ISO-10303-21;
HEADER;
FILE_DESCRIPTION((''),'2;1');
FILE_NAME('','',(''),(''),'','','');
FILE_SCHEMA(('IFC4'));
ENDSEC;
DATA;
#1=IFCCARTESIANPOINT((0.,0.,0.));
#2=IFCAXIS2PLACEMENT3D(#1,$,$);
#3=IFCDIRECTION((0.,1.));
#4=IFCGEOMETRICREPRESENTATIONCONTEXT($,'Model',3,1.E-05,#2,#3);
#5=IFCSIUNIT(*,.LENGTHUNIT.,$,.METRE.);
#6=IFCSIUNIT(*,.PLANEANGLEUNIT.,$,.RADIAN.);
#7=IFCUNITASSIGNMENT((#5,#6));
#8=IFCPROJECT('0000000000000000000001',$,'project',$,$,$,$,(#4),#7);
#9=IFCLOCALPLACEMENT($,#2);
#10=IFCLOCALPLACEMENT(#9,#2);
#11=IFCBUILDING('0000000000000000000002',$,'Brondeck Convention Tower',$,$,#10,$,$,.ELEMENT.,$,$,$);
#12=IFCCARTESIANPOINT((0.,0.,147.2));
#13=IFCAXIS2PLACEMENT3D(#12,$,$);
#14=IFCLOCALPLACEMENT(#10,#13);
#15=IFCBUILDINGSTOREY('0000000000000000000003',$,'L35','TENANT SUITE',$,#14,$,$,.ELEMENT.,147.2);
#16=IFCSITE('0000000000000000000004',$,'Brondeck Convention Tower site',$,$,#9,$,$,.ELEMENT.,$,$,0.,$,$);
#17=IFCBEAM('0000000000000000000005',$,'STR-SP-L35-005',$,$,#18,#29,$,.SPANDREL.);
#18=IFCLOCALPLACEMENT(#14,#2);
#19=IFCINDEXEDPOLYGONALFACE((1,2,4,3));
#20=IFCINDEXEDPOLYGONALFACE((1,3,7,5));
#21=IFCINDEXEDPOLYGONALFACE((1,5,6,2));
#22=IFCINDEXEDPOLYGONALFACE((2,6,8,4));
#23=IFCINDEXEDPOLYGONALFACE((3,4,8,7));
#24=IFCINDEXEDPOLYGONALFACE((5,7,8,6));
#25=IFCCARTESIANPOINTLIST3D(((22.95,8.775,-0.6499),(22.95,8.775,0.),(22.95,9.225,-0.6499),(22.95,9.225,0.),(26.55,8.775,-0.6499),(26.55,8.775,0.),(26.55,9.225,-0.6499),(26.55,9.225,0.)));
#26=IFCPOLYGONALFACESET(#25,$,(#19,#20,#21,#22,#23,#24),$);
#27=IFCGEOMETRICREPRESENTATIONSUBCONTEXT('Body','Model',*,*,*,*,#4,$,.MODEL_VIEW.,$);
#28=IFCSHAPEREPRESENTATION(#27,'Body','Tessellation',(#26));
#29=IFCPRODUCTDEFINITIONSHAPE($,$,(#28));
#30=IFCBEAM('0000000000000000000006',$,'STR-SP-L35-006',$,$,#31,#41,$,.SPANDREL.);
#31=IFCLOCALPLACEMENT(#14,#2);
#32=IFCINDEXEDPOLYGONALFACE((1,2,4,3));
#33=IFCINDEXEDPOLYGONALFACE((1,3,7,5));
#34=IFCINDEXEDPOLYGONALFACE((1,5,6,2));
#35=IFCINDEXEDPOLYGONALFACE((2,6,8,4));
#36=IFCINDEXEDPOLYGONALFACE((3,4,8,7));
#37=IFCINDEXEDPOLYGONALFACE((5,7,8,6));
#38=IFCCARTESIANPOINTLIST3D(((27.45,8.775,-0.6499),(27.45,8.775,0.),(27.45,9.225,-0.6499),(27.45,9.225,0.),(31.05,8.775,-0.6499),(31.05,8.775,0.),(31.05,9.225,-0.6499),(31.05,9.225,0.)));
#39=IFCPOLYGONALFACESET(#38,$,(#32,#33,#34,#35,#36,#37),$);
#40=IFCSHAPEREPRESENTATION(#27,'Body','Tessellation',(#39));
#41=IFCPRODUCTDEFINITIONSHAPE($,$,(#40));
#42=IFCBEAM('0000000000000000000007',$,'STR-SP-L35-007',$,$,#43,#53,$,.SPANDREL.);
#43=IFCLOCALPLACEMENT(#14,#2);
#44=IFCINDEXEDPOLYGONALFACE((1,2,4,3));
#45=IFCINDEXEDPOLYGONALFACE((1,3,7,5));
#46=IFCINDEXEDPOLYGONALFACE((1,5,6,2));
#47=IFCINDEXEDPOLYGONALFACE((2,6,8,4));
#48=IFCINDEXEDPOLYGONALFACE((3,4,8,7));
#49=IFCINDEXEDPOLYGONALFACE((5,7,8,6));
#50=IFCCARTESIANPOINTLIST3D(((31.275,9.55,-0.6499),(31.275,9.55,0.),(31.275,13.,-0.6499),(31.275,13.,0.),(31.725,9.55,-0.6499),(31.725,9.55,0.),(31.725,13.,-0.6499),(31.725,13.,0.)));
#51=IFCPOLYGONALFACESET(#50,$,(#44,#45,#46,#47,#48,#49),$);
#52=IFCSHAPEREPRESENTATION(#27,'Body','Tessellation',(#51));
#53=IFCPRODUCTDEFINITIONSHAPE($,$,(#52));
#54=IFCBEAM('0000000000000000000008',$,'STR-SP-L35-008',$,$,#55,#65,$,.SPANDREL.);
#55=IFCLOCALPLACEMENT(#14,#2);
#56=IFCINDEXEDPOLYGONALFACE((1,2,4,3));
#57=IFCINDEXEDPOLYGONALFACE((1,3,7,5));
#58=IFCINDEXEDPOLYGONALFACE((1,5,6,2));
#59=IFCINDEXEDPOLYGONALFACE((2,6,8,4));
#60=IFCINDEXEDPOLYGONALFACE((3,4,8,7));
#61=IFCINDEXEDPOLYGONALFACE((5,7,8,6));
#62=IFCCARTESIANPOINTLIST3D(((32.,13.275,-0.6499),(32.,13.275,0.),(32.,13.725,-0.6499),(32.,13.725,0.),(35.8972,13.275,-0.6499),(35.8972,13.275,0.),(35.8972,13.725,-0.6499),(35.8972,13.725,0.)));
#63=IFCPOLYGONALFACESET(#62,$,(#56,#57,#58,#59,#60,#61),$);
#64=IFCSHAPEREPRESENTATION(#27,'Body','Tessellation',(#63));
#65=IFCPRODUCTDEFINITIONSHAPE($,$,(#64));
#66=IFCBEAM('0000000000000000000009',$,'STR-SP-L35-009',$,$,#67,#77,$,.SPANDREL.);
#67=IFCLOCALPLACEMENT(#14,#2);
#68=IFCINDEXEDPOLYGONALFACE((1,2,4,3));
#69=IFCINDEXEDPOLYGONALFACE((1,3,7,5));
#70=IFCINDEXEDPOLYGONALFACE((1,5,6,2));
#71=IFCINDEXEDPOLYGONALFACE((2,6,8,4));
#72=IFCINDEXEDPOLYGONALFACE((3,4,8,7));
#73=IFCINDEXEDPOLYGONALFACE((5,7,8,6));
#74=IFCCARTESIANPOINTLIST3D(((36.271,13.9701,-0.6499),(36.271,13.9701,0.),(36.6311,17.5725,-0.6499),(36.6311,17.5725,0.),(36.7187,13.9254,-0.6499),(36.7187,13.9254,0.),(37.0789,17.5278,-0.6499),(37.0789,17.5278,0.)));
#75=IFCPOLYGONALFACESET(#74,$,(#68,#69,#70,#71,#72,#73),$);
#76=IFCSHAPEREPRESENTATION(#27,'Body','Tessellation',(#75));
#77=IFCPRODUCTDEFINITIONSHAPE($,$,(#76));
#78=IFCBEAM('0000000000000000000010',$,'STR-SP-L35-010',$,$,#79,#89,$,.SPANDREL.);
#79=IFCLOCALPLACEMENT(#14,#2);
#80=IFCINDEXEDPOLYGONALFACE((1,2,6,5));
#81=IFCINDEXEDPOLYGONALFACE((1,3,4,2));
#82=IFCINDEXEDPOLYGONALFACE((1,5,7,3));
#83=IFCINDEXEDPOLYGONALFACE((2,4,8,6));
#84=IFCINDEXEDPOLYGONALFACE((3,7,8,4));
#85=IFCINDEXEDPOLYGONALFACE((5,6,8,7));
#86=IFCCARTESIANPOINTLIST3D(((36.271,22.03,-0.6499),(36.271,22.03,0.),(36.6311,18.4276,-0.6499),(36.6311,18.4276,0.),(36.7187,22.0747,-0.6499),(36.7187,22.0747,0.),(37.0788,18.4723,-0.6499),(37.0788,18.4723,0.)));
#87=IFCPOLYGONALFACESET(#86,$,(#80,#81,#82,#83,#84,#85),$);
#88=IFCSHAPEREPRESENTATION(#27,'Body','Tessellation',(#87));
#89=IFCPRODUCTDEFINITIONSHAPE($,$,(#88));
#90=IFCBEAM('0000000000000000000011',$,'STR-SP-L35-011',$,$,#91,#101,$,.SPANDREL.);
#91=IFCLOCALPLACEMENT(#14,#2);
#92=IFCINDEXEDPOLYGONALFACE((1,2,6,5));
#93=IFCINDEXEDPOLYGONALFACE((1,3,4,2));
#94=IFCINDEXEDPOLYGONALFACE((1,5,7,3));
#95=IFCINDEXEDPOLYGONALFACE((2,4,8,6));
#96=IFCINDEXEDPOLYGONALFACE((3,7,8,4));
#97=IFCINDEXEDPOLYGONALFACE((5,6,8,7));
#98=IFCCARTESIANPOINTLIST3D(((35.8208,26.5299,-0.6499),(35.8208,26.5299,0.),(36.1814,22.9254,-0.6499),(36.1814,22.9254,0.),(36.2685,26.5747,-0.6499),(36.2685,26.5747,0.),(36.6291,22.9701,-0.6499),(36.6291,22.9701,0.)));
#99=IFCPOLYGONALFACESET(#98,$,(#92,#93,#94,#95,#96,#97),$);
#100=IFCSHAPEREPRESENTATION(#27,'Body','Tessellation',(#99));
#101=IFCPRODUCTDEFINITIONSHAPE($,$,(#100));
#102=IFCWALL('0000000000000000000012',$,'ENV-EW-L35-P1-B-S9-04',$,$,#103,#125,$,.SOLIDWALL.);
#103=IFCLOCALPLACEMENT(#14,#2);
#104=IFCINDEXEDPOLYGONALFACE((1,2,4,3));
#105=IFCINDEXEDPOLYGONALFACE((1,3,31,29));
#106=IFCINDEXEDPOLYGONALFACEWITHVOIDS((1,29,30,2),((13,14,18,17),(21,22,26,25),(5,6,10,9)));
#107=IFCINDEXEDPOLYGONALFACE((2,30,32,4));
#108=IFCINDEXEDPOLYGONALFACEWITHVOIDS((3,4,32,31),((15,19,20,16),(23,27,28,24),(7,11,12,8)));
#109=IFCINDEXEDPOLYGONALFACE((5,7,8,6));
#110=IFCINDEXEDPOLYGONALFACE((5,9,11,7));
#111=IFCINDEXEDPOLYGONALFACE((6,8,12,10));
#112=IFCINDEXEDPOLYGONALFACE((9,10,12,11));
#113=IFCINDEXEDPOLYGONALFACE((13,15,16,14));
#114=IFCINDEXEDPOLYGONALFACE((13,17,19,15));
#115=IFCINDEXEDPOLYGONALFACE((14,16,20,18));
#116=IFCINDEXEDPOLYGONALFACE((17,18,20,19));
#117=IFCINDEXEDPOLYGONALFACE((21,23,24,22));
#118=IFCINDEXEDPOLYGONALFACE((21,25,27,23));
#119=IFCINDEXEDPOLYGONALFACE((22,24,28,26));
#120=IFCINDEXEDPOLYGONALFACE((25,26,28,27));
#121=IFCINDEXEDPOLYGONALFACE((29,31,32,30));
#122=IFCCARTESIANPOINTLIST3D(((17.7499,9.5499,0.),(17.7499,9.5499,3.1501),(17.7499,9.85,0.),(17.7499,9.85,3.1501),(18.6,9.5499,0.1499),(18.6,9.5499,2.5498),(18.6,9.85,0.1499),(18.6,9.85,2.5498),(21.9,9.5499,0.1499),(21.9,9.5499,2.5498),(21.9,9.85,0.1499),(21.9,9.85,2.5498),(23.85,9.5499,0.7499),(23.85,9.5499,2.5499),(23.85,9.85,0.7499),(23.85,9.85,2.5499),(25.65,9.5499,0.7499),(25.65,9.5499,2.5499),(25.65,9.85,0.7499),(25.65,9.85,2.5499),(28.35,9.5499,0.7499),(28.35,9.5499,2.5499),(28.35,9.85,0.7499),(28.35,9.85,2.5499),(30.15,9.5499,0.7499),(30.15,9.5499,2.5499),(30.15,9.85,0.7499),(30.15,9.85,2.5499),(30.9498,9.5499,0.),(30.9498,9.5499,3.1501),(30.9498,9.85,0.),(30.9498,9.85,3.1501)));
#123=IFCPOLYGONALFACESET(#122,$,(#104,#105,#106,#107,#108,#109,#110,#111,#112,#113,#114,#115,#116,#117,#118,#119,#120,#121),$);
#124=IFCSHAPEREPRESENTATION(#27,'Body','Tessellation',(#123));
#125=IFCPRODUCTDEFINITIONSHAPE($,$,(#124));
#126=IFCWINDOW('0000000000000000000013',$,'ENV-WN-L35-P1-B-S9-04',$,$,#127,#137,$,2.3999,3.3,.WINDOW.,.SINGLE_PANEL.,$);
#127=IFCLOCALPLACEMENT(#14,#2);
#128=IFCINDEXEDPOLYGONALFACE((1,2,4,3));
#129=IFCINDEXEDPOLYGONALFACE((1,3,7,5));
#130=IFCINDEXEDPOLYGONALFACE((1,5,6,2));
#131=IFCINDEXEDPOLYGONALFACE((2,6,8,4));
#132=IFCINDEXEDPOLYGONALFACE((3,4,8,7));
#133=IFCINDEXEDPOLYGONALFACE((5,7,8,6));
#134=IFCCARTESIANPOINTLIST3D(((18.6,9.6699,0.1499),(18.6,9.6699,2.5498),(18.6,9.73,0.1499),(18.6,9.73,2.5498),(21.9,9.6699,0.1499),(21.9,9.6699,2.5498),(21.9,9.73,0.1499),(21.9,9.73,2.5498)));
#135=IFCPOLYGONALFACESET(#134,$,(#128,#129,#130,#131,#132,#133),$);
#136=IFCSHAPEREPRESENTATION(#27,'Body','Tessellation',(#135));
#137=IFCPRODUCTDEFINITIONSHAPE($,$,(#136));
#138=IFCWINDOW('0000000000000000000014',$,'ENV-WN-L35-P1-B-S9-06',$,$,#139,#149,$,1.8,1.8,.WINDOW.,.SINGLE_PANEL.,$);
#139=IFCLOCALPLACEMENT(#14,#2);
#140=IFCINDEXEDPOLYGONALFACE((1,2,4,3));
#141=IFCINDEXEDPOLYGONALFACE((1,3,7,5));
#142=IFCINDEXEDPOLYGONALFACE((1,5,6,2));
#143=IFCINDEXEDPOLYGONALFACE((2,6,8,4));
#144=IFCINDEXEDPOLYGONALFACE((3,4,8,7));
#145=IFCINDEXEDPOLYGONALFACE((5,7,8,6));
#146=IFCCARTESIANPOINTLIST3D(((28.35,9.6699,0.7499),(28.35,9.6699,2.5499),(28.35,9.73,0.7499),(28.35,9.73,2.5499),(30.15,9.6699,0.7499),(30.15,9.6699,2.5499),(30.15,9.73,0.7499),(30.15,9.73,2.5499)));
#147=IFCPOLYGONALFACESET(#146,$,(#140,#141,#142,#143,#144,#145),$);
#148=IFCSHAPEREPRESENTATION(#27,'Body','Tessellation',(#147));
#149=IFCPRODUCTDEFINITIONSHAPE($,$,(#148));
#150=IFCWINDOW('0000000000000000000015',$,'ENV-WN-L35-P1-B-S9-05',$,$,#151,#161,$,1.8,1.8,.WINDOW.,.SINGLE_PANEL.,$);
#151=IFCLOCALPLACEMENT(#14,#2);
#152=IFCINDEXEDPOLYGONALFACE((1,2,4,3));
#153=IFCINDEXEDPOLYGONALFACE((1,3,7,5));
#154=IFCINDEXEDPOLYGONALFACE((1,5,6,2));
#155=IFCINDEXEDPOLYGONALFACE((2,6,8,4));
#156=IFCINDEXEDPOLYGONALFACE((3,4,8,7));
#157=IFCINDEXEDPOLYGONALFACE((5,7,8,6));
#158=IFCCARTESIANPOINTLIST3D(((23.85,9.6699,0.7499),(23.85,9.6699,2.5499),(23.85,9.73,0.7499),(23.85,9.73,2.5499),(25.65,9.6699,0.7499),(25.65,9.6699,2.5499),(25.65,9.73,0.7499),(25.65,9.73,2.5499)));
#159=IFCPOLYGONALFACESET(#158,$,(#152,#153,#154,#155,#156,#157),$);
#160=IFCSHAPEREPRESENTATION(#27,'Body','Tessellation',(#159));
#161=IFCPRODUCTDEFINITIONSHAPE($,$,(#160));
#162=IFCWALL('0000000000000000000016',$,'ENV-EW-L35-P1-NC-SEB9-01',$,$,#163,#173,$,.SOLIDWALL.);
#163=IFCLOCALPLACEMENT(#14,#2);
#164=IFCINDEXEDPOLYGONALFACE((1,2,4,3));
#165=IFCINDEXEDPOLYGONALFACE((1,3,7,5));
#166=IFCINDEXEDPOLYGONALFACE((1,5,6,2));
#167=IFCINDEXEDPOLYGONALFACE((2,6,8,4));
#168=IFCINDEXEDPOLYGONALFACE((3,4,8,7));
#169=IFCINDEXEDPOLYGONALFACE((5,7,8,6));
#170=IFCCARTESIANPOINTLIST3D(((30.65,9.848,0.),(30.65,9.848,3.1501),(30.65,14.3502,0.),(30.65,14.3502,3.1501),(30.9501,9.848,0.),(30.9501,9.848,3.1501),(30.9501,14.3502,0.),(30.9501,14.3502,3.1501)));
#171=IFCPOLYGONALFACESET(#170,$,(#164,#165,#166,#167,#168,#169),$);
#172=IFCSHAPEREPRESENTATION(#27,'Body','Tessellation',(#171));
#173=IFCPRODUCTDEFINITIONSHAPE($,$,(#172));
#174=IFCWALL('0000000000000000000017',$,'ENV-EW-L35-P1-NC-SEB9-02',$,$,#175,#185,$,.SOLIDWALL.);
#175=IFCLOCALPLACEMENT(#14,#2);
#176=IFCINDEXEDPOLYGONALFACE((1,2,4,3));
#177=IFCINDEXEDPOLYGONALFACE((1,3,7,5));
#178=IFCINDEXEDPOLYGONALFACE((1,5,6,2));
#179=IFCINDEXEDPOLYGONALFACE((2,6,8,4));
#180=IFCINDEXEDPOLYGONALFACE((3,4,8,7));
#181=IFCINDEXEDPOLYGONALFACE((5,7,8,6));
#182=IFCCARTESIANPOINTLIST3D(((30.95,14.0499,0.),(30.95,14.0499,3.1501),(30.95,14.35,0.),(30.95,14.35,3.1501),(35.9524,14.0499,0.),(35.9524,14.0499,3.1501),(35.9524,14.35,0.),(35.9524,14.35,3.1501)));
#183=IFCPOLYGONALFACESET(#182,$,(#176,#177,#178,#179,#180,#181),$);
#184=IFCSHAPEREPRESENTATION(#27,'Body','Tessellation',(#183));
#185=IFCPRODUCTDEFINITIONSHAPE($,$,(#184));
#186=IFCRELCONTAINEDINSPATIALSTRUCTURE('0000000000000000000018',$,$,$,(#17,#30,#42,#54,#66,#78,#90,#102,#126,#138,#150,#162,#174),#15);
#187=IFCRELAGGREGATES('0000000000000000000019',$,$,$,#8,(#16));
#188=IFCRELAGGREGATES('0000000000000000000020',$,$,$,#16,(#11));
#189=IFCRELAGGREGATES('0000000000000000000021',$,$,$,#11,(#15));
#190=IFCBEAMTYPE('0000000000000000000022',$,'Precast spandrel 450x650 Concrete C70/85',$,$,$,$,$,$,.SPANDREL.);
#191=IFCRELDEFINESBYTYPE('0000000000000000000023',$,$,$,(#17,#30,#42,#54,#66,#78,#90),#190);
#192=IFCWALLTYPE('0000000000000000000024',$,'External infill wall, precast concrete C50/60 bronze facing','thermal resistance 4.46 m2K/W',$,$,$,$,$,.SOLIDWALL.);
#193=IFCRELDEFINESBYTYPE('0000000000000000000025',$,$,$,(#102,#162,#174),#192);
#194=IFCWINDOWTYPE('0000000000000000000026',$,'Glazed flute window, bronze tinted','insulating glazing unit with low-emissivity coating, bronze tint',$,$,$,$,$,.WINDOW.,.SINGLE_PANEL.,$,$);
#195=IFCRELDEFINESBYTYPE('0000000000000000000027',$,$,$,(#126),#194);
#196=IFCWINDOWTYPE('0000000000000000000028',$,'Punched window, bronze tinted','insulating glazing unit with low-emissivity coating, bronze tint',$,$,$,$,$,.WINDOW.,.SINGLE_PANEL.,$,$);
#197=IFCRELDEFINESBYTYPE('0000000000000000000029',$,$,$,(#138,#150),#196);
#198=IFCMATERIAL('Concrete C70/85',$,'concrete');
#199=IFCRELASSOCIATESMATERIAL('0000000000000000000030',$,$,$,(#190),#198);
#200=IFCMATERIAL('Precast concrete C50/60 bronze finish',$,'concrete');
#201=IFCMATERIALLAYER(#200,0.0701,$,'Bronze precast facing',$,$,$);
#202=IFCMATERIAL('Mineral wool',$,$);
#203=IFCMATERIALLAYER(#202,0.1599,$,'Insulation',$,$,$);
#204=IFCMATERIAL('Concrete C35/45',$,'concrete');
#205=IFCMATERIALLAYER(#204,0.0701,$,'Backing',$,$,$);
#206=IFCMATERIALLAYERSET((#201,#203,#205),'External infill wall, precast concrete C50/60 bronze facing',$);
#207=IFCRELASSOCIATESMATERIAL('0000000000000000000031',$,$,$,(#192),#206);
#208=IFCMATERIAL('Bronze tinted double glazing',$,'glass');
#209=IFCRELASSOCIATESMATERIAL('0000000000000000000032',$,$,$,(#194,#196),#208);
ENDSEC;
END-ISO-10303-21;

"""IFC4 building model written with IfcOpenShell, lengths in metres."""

from ifc_helpers import new_model, si_unit, direction, frame, frame_2d, origin, origin_2d, place, context, subcontext, project, spatial, rectangle, extrude, material, layer, layer_set, material_profile, profile_set, type_object, element, fill, save


model = new_model("IFC4")

# Units and contexts
model_context = context("Model", 3, precision=1e-05, world=origin(), true_north=direction((0.0, 1.0)))
body_context = subcontext(model_context, "Body", "Model", "MODEL_VIEW")
ifc_project = project(units=[si_unit("LENGTHUNIT", "METRE"), si_unit("PLANEANGLEUNIT", "RADIAN")], contexts=[model_context])

# Site, building, storey
site_placement = place(None, origin())
site = spatial("IfcSite", under=ifc_project, at=site_placement, Name="Brondeck Convention Tower site", CompositionType="ELEMENT", RefElevation=0.0)
building_placement = place(site_placement, origin())
building = spatial("IfcBuilding", under=site, at=building_placement, Name="Brondeck Convention Tower", CompositionType="ELEMENT")
storey_placement = place(building_placement, frame((0.0, 0.0, 147.2)))
storey = spatial("IfcBuildingStorey", under=building, at=storey_placement, Name="L35", Description="TENANT SUITE", CompositionType="ELEMENT", Elevation=147.2)

# Shared definitions
ifc_material_1 = material(Name="Concrete C70/85", Category="concrete")

# Beams
ifc_material_profile_1 = material_profile(ifc_material_1, rectangle(XDim=0.45, YDim=0.6499, at=origin_2d()), Name="Precast spandrel 450x650 Concrete C70/85")
ifc_profile_set_1 = profile_set([ifc_material_profile_1], Name="Concrete C70/85")
beam_type_1 = type_object("IfcBeamType", Name="Precast spandrel 450x650 Concrete C70/85", PredefinedType="SPANDREL", material=ifc_profile_set_1)
for number, where, z_axis, x_axis, name in (
    (1, (22.95, 9.0, -0.325), (1.0, 0.0, 0.0), (0.0, 1.0, 0.0), "STR-SP-L35-005"),
    (2, (27.45, 9.0, -0.325), (1.0, 0.0, 0.0), (0.0, 1.0, 0.0), "STR-SP-L35-006"),
):
    element("IfcBeam", number, at=place(storey_placement, frame(where, z_axis=z_axis, x_axis=x_axis)), inside=storey, type_object=beam_type_1, Name=name, PredefinedType="SPANDREL", context=body_context, shape_type="SweptSolid", body=[
        extrude(rectangle(XDim=0.45, YDim=0.6499, at=origin_2d()), origin(), (0.0, 0.0, 1.0), 3.6001),
    ])
beam_1_placement = place(storey_placement, frame((31.5, 9.55, -0.325), z_axis=(0.0, 1.0, 0.0), x_axis=(-1.0, 0.0, 0.0)))
element("IfcBeam", 3, at=beam_1_placement, inside=storey, type_object=beam_type_1, Name="STR-SP-L35-007", PredefinedType="SPANDREL", context=body_context, shape_type="SweptSolid", body=[
    extrude(rectangle(XDim=0.45, YDim=0.6499, at=origin_2d()), origin(), (0.0, 0.0, 1.0), 3.45),
])
beam_2_placement = place(storey_placement, frame((32.0, 13.5, -0.325), z_axis=(1.0, 0.0, 0.0), x_axis=(0.0, 1.0, 0.0)))
element("IfcBeam", 4, at=beam_2_placement, inside=storey, type_object=beam_type_1, Name="STR-SP-L35-008", PredefinedType="SPANDREL", context=body_context, shape_type="SweptSolid", body=[
    extrude(rectangle(XDim=0.45, YDim=0.6499, at=origin_2d()), origin(), (0.0, 0.0, 1.0), 3.8972),
])
for number, where, z_axis, x_axis, name in (
    (5, (36.4949, 13.9478, -0.325), (0.09947, 0.995041, 0.0), (-0.995041, 0.09947, 0.0), "STR-SP-L35-009"),
    (6, (36.855, 18.45, -0.325), (-0.09947, 0.995041, 0.0), (-0.995041, -0.09947, 0.0), "STR-SP-L35-010"),
):
    element("IfcBeam", number, at=place(storey_placement, frame(where, z_axis=z_axis, x_axis=x_axis)), inside=storey, type_object=beam_type_1, Name=name, PredefinedType="SPANDREL", context=body_context, shape_type="SweptSolid", body=[
        extrude(rectangle(XDim=0.45, YDim=0.6499, at=origin_2d()), origin(), (0.0, 0.0, 1.0), 3.6204),
    ])
beam_3_placement = place(storey_placement, frame((36.4053, 22.9478, -0.325), z_axis=(-0.099544, 0.995033, 0.0), x_axis=(-0.995033, -0.099544, 0.0)))
element("IfcBeam", 7, at=beam_3_placement, inside=storey, type_object=beam_type_1, Name="STR-SP-L35-011", PredefinedType="SPANDREL", context=body_context, shape_type="SweptSolid", body=[
    extrude(rectangle(XDim=0.45, YDim=0.6499, at=origin_2d()), origin(), (0.0, 0.0, 1.0), 3.6226),
])

# Wall, openings, windows
ifc_material_2 = material(Name="Precast concrete C50/60 bronze finish", Category="concrete")
ifc_layer_1 = layer(ifc_material_2, 0.0701, Name="Bronze precast facing")
ifc_material_3 = material(Name="Mineral wool")
ifc_layer_2 = layer(ifc_material_3, 0.1599, Name="Insulation")
ifc_material_4 = material(Name="Concrete C35/45", Category="concrete")
ifc_layer_3 = layer(ifc_material_4, 0.0701, Name="Backing")
ifc_layer_set_1 = layer_set([ifc_layer_1, ifc_layer_2, ifc_layer_3], Name="External infill wall, precast concrete C50/60 bronze facing")
wall_type_1 = type_object("IfcWallType", Name="External infill wall, precast concrete C50/60 bronze facing", Description="thermal resistance 4.46 m2K/W", PredefinedType="SOLIDWALL", material=ifc_layer_set_1)
wall_1_placement = place(storey_placement, frame((30.95, 9.7, 0.0), z_axis=(0.0, 0.0, 1.0), x_axis=(-1.0, 0.0, 0.0)))
wall_1 = element("IfcWall", 8, at=wall_1_placement, inside=storey, type_object=wall_type_1, Name="ENV-EW-L35-P1-B-S9-04", PredefinedType="SOLIDWALL", context=body_context, shape_type="SweptSolid", body=[
    extrude(rectangle(XDim=13.2, YDim=0.3, at=frame_2d((6.6001, 0.0))), origin(), (0.0, 0.0, 1.0), 3.1501),
])
opening_1_placement = place(wall_1_placement, frame((0.8, 0.0, 0.75)))
opening_1 = element("IfcOpeningElement", 9, at=opening_1_placement, cuts=wall_1, PredefinedType="OPENING", context=body_context, shape_type="SweptSolid", body=[
    extrude(rectangle(XDim=1.8, YDim=1.8, at=frame_2d((0.8999, 0.8999))), frame((0.0, 0.1599, 0.0), z_axis=(0.0, -1.0, 0.0), x_axis=(1.0, 0.0, 0.0)), (0.0, 0.0, 1.0), 0.3201),
])
opening_2_placement = place(wall_1_placement, frame((5.3, 0.0, 0.75)))
opening_2 = element("IfcOpeningElement", 10, at=opening_2_placement, cuts=wall_1, PredefinedType="OPENING", context=body_context, shape_type="SweptSolid", body=[
    extrude(rectangle(XDim=1.8, YDim=1.8, at=frame_2d((0.8999, 0.8999))), frame((0.0, 0.1599, 0.0), z_axis=(0.0, -1.0, 0.0), x_axis=(1.0, 0.0, 0.0)), (0.0, 0.0, 1.0), 0.3201),
])
opening_3_placement = place(wall_1_placement, frame((9.05, 0.0, 0.1499)))
opening_3 = element("IfcOpeningElement", 11, at=opening_3_placement, cuts=wall_1, PredefinedType="OPENING", context=body_context, shape_type="SweptSolid", body=[
    extrude(rectangle(XDim=3.3, YDim=2.3999, at=frame_2d((1.6499, 1.2))), frame((0.0, 0.1599, 0.0), z_axis=(0.0, -1.0, 0.0), x_axis=(1.0, 0.0, 0.0)), (0.0, 0.0, 1.0), 0.3201),
])
ifc_material_5 = material(Name="Bronze tinted double glazing", Category="glass")
window_type_1 = type_object("IfcWindowType", Name="Glazed flute window, bronze tinted", Description="insulating glazing unit with low-emissivity coating, bronze tint", PartitioningType="SINGLE_PANEL", PredefinedType="WINDOW", material=ifc_material_5)
window_1_placement = place(opening_3_placement, origin())
window_1 = element("IfcWindow", 12, at=window_1_placement, inside=storey, type_object=window_type_1, Name="ENV-WN-L35-P1-B-S9-04", OverallHeight=2.3999, OverallWidth=3.3, PartitioningType="SINGLE_PANEL", PredefinedType="WINDOW", context=body_context, shape_type="SweptSolid", body=[
    extrude(rectangle(XDim=3.3, YDim=2.3999, at=frame_2d((1.6499, 1.2))), frame((0.0, 0.03, 0.0), z_axis=(0.0, -1.0, 0.0), x_axis=(1.0, 0.0, 0.0)), (0.0, 0.0, 1.0), 0.0601),
])
fill(opening_3, window_1)
window_type_2 = type_object("IfcWindowType", Name="Punched window, bronze tinted", Description="insulating glazing unit with low-emissivity coating, bronze tint", PartitioningType="SINGLE_PANEL", PredefinedType="WINDOW", material=ifc_material_5)
window_2_placement = place(opening_1_placement, origin())
window_2 = element("IfcWindow", 13, at=window_2_placement, inside=storey, type_object=window_type_2, Name="ENV-WN-L35-P1-B-S9-06", OverallHeight=1.8, OverallWidth=1.8, PartitioningType="SINGLE_PANEL", PredefinedType="WINDOW", context=body_context, shape_type="SweptSolid", body=[
    extrude(rectangle(XDim=1.8, YDim=1.8, at=frame_2d((0.8999, 0.8999))), frame((0.0, 0.03, 0.0), z_axis=(0.0, -1.0, 0.0), x_axis=(1.0, 0.0, 0.0)), (0.0, 0.0, 1.0), 0.0601),
])
fill(opening_1, window_2)
window_3_placement = place(opening_2_placement, origin())
window_3 = element("IfcWindow", 14, at=window_3_placement, inside=storey, type_object=window_type_2, Name="ENV-WN-L35-P1-B-S9-05", OverallHeight=1.8, OverallWidth=1.8, PartitioningType="SINGLE_PANEL", PredefinedType="WINDOW", context=body_context, shape_type="SweptSolid", body=[
    extrude(rectangle(XDim=1.8, YDim=1.8, at=frame_2d((0.8999, 0.8999))), frame((0.0, 0.03, 0.0), z_axis=(0.0, -1.0, 0.0), x_axis=(1.0, 0.0, 0.0)), (0.0, 0.0, 1.0), 0.0601),
])
fill(opening_2, window_3)

# Walls
wall_2_placement = place(storey_placement, frame((30.8, 14.3501, 0.0), z_axis=(0.0, 0.0, 1.0), x_axis=(0.0, -1.0, 0.0)))
element("IfcWall", 15, at=wall_2_placement, inside=storey, type_object=wall_type_1, Name="ENV-EW-L35-P1-NC-SEB9-01", PredefinedType="SOLIDWALL", context=body_context, shape_type="SweptSolid", body=[
    extrude(rectangle(XDim=4.5022, YDim=0.3, at=frame_2d((2.251, 0.0))), origin(), (0.0, 0.0, 1.0), 3.1501),
])
wall_3_placement = place(storey_placement, frame((35.9524, 14.2, 0.0), z_axis=(0.0, 0.0, 1.0), x_axis=(-1.0, 0.0, 0.0)))
element("IfcWall", 16, at=wall_3_placement, inside=storey, type_object=wall_type_1, Name="ENV-EW-L35-P1-NC-SEB9-02", PredefinedType="SOLIDWALL", context=body_context, shape_type="SweptSolid", body=[
    extrude(rectangle(XDim=5.0024, YDim=0.3, at=frame_2d((2.5012, 0.0))), origin(), (0.0, 0.0, 1.0), 3.1501),
])

save(model, "model.ifc")
